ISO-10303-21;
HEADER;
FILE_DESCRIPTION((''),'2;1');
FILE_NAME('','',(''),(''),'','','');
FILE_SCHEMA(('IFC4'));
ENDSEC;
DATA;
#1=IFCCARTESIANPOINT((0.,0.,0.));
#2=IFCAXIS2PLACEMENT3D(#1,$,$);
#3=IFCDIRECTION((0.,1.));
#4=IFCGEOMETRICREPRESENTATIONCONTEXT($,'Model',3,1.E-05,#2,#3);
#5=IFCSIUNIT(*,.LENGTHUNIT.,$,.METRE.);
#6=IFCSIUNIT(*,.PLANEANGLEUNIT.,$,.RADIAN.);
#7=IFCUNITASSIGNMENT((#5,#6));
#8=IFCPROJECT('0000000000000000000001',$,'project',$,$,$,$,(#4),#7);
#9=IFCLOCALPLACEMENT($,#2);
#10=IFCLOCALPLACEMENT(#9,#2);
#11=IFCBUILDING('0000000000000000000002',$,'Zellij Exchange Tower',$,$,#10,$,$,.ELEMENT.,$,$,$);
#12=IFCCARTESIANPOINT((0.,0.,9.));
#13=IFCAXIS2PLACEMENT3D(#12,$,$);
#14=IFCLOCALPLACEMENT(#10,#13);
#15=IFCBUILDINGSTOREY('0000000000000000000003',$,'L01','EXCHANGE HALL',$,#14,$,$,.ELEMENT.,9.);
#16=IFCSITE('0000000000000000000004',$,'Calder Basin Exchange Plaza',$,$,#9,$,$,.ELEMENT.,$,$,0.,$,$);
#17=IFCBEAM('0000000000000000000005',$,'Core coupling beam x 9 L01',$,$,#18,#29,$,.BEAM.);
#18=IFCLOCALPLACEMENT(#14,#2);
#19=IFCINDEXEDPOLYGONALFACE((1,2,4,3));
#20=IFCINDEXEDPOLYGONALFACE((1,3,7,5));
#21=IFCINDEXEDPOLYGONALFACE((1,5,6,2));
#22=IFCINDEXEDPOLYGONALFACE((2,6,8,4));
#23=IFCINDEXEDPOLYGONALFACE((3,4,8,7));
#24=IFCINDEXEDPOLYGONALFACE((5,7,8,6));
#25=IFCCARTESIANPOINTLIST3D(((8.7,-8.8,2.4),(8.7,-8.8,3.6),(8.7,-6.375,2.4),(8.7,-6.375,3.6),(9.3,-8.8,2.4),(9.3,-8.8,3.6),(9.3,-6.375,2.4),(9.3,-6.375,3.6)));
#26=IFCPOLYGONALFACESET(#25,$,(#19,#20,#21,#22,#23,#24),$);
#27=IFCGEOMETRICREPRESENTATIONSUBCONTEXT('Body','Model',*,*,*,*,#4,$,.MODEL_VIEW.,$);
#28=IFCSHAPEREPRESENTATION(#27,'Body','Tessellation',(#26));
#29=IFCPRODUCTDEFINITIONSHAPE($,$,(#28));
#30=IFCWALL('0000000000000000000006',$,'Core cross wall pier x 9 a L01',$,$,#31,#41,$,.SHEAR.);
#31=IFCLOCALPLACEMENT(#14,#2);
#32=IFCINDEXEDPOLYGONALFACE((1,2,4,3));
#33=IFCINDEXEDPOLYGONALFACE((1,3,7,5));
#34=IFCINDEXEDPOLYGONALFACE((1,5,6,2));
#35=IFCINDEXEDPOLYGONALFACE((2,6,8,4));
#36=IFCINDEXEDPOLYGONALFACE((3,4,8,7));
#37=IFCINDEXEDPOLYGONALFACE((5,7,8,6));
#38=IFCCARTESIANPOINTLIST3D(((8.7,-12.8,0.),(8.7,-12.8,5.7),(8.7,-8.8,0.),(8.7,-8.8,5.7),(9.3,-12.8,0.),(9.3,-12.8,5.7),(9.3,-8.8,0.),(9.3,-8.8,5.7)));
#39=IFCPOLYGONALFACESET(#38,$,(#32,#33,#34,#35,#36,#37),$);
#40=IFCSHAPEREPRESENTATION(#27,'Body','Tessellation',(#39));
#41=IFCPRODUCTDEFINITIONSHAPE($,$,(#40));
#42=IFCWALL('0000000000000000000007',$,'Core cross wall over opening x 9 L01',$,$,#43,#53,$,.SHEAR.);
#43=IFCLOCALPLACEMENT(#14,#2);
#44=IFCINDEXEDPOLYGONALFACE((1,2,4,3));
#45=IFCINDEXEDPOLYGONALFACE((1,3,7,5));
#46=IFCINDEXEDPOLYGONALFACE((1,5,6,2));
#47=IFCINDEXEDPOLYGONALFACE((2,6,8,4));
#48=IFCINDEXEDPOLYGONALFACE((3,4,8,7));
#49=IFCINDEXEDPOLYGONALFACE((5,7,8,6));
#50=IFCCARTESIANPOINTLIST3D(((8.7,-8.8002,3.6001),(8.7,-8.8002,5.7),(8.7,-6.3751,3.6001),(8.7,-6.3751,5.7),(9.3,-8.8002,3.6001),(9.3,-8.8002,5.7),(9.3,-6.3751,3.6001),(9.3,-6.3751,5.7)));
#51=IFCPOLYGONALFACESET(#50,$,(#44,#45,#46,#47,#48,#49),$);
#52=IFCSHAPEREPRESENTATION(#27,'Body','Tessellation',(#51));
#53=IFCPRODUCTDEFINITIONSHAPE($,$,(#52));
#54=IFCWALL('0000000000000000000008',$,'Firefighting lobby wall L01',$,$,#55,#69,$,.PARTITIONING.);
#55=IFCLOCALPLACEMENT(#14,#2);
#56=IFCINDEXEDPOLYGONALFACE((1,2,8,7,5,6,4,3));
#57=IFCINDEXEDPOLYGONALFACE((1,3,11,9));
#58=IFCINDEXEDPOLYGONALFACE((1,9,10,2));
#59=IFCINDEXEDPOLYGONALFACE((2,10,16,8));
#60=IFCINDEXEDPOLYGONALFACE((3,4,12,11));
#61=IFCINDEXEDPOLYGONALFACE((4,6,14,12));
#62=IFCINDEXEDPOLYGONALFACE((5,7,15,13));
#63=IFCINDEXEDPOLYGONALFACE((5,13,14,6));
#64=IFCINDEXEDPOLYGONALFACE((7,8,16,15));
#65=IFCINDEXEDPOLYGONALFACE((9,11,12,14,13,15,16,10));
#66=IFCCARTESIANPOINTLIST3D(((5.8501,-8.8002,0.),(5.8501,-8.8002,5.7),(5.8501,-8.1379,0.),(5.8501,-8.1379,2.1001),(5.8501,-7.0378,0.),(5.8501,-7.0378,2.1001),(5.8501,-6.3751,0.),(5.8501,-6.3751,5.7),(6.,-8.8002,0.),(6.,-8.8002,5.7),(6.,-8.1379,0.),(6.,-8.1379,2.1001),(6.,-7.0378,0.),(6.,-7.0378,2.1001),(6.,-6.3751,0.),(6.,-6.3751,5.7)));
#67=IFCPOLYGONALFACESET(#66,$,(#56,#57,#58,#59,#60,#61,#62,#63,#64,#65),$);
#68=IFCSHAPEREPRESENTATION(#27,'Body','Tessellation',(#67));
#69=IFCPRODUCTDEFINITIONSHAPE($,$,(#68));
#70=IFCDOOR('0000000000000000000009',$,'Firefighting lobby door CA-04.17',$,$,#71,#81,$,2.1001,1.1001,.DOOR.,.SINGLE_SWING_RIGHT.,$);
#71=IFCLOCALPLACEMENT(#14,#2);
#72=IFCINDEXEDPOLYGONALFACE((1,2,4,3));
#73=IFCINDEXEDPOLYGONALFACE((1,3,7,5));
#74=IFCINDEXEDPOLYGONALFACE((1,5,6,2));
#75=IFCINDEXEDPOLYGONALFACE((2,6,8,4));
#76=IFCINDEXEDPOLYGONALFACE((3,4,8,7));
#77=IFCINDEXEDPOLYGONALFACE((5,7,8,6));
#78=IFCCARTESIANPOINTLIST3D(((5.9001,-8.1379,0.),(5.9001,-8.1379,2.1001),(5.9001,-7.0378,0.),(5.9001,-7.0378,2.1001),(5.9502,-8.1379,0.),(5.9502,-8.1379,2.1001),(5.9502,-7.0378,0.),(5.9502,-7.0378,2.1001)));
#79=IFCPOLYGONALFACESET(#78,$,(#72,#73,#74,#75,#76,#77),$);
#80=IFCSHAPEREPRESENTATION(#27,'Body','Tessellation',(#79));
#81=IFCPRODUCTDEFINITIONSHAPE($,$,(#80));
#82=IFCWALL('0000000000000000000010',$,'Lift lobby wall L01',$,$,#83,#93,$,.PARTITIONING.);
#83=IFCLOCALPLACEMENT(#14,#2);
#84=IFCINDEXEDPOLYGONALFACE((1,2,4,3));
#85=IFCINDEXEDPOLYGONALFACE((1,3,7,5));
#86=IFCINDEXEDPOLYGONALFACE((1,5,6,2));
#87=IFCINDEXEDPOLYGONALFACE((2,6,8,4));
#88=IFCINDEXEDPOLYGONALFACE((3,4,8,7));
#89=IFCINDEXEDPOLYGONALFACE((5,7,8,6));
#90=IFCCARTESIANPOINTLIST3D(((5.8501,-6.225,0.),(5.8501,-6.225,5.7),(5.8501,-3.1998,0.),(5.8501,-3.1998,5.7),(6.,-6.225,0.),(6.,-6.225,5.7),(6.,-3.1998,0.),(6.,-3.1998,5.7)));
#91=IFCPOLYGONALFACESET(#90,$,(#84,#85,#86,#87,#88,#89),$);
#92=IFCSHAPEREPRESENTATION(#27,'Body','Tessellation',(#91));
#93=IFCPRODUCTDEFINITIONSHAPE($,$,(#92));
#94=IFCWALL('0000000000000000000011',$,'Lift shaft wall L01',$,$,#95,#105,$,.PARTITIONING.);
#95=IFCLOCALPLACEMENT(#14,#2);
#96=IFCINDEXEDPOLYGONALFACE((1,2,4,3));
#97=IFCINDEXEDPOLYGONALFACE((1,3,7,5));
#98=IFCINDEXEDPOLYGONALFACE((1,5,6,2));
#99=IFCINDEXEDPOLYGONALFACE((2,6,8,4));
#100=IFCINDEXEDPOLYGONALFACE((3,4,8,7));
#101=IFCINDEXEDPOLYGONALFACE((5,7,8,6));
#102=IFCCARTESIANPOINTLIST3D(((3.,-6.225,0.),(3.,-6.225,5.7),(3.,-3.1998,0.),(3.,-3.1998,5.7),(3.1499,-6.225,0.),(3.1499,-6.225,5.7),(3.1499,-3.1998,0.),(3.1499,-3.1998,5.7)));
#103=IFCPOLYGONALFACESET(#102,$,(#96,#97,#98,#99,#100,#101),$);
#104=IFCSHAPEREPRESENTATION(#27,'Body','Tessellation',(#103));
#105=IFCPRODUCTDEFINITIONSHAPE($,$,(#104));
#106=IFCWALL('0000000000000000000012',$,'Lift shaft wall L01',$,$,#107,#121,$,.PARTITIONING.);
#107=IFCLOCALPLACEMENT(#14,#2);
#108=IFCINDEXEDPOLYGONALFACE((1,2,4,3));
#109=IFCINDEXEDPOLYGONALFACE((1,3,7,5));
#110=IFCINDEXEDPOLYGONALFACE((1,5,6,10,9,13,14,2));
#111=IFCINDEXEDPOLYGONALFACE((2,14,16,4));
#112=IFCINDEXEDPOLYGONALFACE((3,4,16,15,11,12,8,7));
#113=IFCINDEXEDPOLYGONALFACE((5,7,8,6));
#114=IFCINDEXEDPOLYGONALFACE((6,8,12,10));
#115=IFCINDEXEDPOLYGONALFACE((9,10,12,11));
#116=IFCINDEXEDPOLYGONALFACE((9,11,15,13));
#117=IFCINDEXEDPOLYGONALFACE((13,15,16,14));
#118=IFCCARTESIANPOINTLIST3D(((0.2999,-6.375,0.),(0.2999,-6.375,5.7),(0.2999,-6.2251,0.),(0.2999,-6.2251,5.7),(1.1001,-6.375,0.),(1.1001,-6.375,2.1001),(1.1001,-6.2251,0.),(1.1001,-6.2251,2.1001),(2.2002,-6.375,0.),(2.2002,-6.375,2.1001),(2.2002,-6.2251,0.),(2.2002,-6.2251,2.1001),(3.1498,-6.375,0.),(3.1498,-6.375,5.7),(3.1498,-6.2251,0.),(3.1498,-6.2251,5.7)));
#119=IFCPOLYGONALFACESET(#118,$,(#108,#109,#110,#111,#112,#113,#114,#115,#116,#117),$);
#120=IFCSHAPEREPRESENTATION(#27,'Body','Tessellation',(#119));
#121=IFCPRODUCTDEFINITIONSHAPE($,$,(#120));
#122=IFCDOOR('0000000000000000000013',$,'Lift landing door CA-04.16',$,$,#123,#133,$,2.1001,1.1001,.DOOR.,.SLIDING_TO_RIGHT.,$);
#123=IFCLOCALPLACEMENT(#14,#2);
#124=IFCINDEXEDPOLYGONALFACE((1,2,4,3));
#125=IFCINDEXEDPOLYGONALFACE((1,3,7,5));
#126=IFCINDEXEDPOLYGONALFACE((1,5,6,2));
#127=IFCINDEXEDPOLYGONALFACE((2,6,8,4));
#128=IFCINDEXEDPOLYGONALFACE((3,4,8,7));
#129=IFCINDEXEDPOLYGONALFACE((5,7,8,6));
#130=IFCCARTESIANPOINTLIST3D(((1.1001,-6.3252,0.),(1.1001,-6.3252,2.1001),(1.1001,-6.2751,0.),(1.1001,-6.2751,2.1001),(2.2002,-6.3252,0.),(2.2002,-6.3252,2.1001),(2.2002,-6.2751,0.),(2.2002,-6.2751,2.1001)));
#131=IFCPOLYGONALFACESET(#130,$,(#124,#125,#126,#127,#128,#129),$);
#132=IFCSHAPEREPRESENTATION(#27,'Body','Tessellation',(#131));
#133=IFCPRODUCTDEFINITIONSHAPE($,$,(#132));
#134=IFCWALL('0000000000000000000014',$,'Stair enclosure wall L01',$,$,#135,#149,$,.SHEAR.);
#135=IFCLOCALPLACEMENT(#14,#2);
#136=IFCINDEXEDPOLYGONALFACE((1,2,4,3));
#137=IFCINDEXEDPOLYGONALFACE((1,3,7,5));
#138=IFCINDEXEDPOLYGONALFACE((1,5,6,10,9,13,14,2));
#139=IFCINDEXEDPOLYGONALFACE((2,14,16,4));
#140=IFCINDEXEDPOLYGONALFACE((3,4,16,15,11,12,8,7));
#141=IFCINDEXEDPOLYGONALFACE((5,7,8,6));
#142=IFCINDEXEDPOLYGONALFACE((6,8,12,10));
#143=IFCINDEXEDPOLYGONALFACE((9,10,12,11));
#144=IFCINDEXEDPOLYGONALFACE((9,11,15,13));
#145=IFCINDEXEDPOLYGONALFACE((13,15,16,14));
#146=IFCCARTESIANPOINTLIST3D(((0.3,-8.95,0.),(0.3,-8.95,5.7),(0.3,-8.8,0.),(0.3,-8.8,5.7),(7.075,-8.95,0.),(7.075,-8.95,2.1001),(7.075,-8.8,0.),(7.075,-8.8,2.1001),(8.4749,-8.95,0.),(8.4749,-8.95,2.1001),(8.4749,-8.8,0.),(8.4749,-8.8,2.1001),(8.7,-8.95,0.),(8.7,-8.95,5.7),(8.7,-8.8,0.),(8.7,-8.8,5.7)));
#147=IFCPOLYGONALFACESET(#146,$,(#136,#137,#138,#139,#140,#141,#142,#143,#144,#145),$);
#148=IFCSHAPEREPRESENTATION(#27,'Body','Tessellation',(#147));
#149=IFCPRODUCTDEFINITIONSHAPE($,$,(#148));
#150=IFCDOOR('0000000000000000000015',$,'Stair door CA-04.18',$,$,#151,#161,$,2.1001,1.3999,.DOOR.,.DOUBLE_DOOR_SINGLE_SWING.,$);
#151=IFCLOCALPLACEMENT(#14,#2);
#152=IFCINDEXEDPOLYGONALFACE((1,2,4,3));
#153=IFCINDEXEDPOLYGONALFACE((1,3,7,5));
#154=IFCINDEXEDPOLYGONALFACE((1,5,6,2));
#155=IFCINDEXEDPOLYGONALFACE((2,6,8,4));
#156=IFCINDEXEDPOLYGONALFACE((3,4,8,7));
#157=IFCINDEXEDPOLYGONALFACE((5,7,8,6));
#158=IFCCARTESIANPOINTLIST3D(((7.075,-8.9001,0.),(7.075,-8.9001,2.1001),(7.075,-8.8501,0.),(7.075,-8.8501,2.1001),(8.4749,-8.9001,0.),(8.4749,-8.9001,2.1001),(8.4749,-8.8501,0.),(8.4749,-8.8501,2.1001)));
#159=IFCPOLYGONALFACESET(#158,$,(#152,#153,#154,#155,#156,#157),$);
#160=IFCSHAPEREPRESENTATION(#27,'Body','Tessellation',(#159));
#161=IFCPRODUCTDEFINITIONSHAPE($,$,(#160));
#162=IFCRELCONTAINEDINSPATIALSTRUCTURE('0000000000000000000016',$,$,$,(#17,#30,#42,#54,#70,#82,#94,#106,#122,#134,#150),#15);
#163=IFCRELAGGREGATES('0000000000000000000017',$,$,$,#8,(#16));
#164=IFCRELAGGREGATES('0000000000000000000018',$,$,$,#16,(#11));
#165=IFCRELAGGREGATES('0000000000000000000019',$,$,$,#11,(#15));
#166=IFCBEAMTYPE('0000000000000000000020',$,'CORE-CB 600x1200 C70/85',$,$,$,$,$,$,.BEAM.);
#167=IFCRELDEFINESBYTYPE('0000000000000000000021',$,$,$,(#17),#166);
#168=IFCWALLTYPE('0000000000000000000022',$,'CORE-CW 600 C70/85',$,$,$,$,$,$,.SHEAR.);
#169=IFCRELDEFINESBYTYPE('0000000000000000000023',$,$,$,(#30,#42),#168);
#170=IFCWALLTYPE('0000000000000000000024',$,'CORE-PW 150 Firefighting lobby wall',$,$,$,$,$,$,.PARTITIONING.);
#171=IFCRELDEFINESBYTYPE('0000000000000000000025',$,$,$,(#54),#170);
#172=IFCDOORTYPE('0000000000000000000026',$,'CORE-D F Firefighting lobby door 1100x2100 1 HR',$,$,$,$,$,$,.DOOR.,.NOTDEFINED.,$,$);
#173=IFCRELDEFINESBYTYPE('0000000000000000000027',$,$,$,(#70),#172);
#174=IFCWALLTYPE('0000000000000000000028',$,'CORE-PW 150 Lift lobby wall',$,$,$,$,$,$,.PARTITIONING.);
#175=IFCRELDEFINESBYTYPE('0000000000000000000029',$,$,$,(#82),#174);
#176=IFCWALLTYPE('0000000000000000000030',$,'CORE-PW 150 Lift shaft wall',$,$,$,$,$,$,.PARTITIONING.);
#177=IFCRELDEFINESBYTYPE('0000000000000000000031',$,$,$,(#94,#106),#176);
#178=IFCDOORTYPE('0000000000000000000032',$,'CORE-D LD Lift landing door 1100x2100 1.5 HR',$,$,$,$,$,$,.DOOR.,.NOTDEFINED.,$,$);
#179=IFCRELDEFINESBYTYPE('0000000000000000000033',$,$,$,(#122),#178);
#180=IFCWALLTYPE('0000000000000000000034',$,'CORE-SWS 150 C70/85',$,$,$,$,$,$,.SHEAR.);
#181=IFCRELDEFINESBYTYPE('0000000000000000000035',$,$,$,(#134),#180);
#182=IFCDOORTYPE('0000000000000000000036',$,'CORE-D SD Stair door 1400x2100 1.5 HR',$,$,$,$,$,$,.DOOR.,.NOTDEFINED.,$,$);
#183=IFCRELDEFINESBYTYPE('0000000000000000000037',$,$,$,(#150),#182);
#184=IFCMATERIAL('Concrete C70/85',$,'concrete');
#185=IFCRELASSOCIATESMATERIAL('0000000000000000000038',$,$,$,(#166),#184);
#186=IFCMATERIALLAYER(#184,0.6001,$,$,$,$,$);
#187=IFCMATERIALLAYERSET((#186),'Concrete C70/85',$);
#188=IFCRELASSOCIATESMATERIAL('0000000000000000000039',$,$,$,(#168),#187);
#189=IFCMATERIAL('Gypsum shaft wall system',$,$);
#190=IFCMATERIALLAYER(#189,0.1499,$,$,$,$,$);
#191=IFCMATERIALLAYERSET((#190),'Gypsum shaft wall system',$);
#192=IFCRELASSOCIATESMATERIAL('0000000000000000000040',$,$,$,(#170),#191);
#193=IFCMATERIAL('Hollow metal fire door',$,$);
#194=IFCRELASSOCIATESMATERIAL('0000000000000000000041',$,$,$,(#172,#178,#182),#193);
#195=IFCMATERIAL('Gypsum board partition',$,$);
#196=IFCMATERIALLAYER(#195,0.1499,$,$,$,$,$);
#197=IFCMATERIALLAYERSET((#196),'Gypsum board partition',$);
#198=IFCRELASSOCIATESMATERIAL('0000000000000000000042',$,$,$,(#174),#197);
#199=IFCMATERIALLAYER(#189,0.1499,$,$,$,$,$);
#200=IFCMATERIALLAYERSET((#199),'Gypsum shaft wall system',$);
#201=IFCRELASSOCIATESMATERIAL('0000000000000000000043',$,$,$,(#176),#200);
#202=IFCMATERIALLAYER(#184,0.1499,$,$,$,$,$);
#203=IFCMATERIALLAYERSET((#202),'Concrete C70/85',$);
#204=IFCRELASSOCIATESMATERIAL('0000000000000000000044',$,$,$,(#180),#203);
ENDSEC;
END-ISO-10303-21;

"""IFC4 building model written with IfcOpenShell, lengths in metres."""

from ifc_helpers import new_model, si_unit, direction, frame, frame_2d, origin, origin_2d, place, context, subcontext, project, spatial, rectangle, extrude, material, layer, layer_set, material_profile, profile_set, type_object, element, fill, save


model = new_model("IFC4")

# Units and contexts
model_context = context("Model", 3, precision=1e-05, world=origin(), true_north=direction((0.0, 1.0)))
body_context = subcontext(model_context, "Body", "Model", "MODEL_VIEW")
ifc_project = project(units=[si_unit("LENGTHUNIT", "METRE"), si_unit("PLANEANGLEUNIT", "RADIAN")], contexts=[model_context])

# Site, building, storey
site_placement = place(None, origin())
site = spatial("IfcSite", under=ifc_project, at=site_placement, Name="Calder Basin Exchange Plaza", CompositionType="ELEMENT", RefElevation=0.0)
building_placement = place(site_placement, origin())
building = spatial("IfcBuilding", under=site, at=building_placement, Name="Zellij Exchange Tower", CompositionType="ELEMENT")
storey_placement = place(building_placement, frame((0.0, 0.0, 9.0)))
storey = spatial("IfcBuildingStorey", under=building, at=storey_placement, Name="L01", Description="EXCHANGE HALL", CompositionType="ELEMENT", Elevation=9.0)

# Beam
ifc_material_1 = material(Name="Concrete C70/85", Category="concrete")
ifc_material_profile = material_profile(ifc_material_1, rectangle(XDim=0.6001, YDim=1.2, at=origin_2d()), Name="CORE-CB 600x1200 C70/85")
ifc_profile_set = profile_set([ifc_material_profile], Name="Concrete C70/85")
beam_type = type_object("IfcBeamType", Name="CORE-CB 600x1200 C70/85", PredefinedType="BEAM", material=ifc_profile_set)
beam_placement = place(storey_placement, frame((9.0, -8.8, 3.0), z_axis=(0.0, 1.0, 0.0), x_axis=(-1.0, 0.0, 0.0)))
element("IfcBeam", 1, at=beam_placement, inside=storey, type_object=beam_type, Name="Core coupling beam x 9 L01", PredefinedType="BEAM", context=body_context, shape_type="SweptSolid", body=[
    extrude(rectangle(XDim=0.6001, YDim=1.2, at=origin_2d()), origin(), (0.0, 0.0, 1.0), 2.425),
])

# Walls
ifc_layer_1 = layer(ifc_material_1, 0.6001)
ifc_layer_set_1 = layer_set([ifc_layer_1], Name="Concrete C70/85")
wall_type_1 = type_object("IfcWallType", Name="CORE-CW 600 C70/85", PredefinedType="SHEAR", material=ifc_layer_set_1)
wall_1_placement = place(storey_placement, frame((9.0, -12.8, 0.0), z_axis=(0.0, 0.0, 1.0), x_axis=(0.0, 1.0, 0.0)))
element("IfcWall", 2, at=wall_1_placement, inside=storey, type_object=wall_type_1, Name="Core cross wall pier x 9 a L01", PredefinedType="SHEAR", context=body_context, shape_type="SweptSolid", body=[
    extrude(rectangle(XDim=4.0, YDim=0.6001, at=frame_2d((2.0, 0.0))), origin(), (0.0, 0.0, 1.0), 5.7),
])
wall_2_placement = place(storey_placement, frame((9.0, -8.8, 3.6001), z_axis=(0.0, 0.0, 1.0), x_axis=(0.0, 1.0, 0.0)))
element("IfcWall", 3, at=wall_2_placement, inside=storey, type_object=wall_type_1, Name="Core cross wall over opening x 9 L01", PredefinedType="SHEAR", context=body_context, shape_type="SweptSolid", body=[
    extrude(rectangle(XDim=2.425, YDim=0.6001, at=frame_2d((1.2124, 0.0))), origin(), (0.0, 0.0, 1.0), 2.0999),
])

# Wall, opening, door
ifc_material_2 = material(Name="Gypsum shaft wall system")
ifc_layer_2 = layer(ifc_material_2, 0.1499)
ifc_layer_set_2 = layer_set([ifc_layer_2], Name="Gypsum shaft wall system")
wall_type_2 = type_object("IfcWallType", Name="CORE-PW 150 Firefighting lobby wall", PredefinedType="PARTITIONING", material=ifc_layer_set_2)
wall_3_placement = place(storey_placement, frame((5.925, -8.8, 0.0), z_axis=(0.0, 0.0, 1.0), x_axis=(0.0, 1.0, 0.0)))
wall_3 = element("IfcWall", 4, at=wall_3_placement, inside=storey, type_object=wall_type_2, Name="Firefighting lobby wall L01", PredefinedType="PARTITIONING", context=body_context, shape_type="SweptSolid", body=[
    extrude(rectangle(XDim=2.425, YDim=0.1499, at=frame_2d((1.2124, 0.0))), origin(), (0.0, 0.0, 1.0), 5.7),
])
opening_1_placement = place(wall_3_placement, frame((0.6621, 0.0, 0.0)))
opening_1 = element("IfcOpeningElement", 5, at=opening_1_placement, cuts=wall_3, PredefinedType="OPENING", context=body_context, shape_type="SweptSolid", body=[
    extrude(rectangle(XDim=1.1001, YDim=2.1001, at=frame_2d((0.55, 1.05))), frame((0.0, 0.0869, 0.0), z_axis=(0.0, -1.0, 0.0), x_axis=(1.0, 0.0, 0.0)), (0.0, 0.0, 1.0), 0.1738),
])
ifc_material_3 = material(Name="Hollow metal fire door")
door_type_1 = type_object("IfcDoorType", Name="CORE-D F Firefighting lobby door 1100x2100 1 HR", OperationType="NOTDEFINED", PredefinedType="DOOR", material=ifc_material_3)
door_1_placement = place(opening_1_placement, origin())
door_1 = element("IfcDoor", 6, at=door_1_placement, inside=storey, type_object=door_type_1, Name="Firefighting lobby door CA-04.17", OperationType="SINGLE_SWING_RIGHT", OverallHeight=2.1001, OverallWidth=1.1001, PredefinedType="DOOR", context=body_context, shape_type="SweptSolid", body=[
    extrude(rectangle(XDim=1.1001, YDim=2.1001, at=frame_2d((0.55, 1.05))), frame((0.0, 0.0249, 0.0), z_axis=(0.0, -1.0, 0.0), x_axis=(1.0, 0.0, 0.0)), (0.0, 0.0, 1.0), 0.05),
])
fill(opening_1, door_1)

# Walls
ifc_material_4 = material(Name="Gypsum board partition")
ifc_layer_3 = layer(ifc_material_4, 0.1499)
ifc_layer_set_3 = layer_set([ifc_layer_3], Name="Gypsum board partition")
wall_type_3 = type_object("IfcWallType", Name="CORE-PW 150 Lift lobby wall", PredefinedType="PARTITIONING", material=ifc_layer_set_3)
wall_4_placement = place(storey_placement, frame((5.925, -6.2251, 0.0), z_axis=(0.0, 0.0, 1.0), x_axis=(0.0, 1.0, 0.0)))
element("IfcWall", 7, at=wall_4_placement, inside=storey, type_object=wall_type_3, Name="Lift lobby wall L01", PredefinedType="PARTITIONING", context=body_context, shape_type="SweptSolid", body=[
    extrude(rectangle(XDim=3.0251, YDim=0.1499, at=frame_2d((1.5127, 0.0))), origin(), (0.0, 0.0, 1.0), 5.7),
])
ifc_layer_4 = layer(ifc_material_2, 0.1499)
ifc_layer_set_4 = layer_set([ifc_layer_4], Name="Gypsum shaft wall system")
wall_type_4 = type_object("IfcWallType", Name="CORE-PW 150 Lift shaft wall", PredefinedType="PARTITIONING", material=ifc_layer_set_4)
wall_5_placement = place(storey_placement, frame((3.075, -6.2251, 0.0), z_axis=(0.0, 0.0, 1.0), x_axis=(0.0, 1.0, 0.0)))
element("IfcWall", 8, at=wall_5_placement, inside=storey, type_object=wall_type_4, Name="Lift shaft wall L01", PredefinedType="PARTITIONING", context=body_context, shape_type="SweptSolid", body=[
    extrude(rectangle(XDim=3.0251, YDim=0.1499, at=frame_2d((1.5127, 0.0))), origin(), (0.0, 0.0, 1.0), 5.7),
])

# Walls, openings, doors
wall_6_placement = place(storey_placement, frame((0.3, -6.3, 0.0), z_axis=(0.0, 0.0, 1.0), x_axis=(1.0, 0.0, 0.0)))
wall_6 = element("IfcWall", 9, at=wall_6_placement, inside=storey, type_object=wall_type_4, Name="Lift shaft wall L01", PredefinedType="PARTITIONING", context=body_context, shape_type="SweptSolid", body=[
    extrude(rectangle(XDim=2.8499, YDim=0.1499, at=frame_2d((1.4248, 0.0))), origin(), (0.0, 0.0, 1.0), 5.7),
])
opening_2_placement = place(wall_6_placement, frame((0.8, 0.0, 0.0)))
opening_2 = element("IfcOpeningElement", 10, at=opening_2_placement, cuts=wall_6, PredefinedType="OPENING", context=body_context, shape_type="SweptSolid", body=[
    extrude(rectangle(XDim=1.1001, YDim=2.1001, at=frame_2d((0.55, 1.05))), frame((0.0, 0.0869, 0.0), z_axis=(0.0, -1.0, 0.0), x_axis=(1.0, 0.0, 0.0)), (0.0, 0.0, 1.0), 0.1738),
])
door_type_2 = type_object("IfcDoorType", Name="CORE-D LD Lift landing door 1100x2100 1.5 HR", OperationType="NOTDEFINED", PredefinedType="DOOR", material=ifc_material_3)
door_2_placement = place(opening_2_placement, origin())
door_2 = element("IfcDoor", 11, at=door_2_placement, inside=storey, type_object=door_type_2, Name="Lift landing door CA-04.16", OperationType="SLIDING_TO_RIGHT", OverallHeight=2.1001, OverallWidth=1.1001, PredefinedType="DOOR", context=body_context, shape_type="SweptSolid", body=[
    extrude(rectangle(XDim=1.1001, YDim=2.1001, at=frame_2d((0.55, 1.05))), frame((0.0, 0.0249, 0.0), z_axis=(0.0, -1.0, 0.0), x_axis=(1.0, 0.0, 0.0)), (0.0, 0.0, 1.0), 0.05),
])
fill(opening_2, door_2)
ifc_layer_5 = layer(ifc_material_1, 0.1499)
ifc_layer_set_5 = layer_set([ifc_layer_5], Name="Concrete C70/85")
wall_type_5 = type_object("IfcWallType", Name="CORE-SWS 150 C70/85", PredefinedType="SHEAR", material=ifc_layer_set_5)
wall_7_placement = place(storey_placement, frame((0.3, -8.875, 0.0), z_axis=(0.0, 0.0, 1.0), x_axis=(1.0, 0.0, 0.0)))
wall_7 = element("IfcWall", 12, at=wall_7_placement, inside=storey, type_object=wall_type_5, Name="Stair enclosure wall L01", PredefinedType="SHEAR", context=body_context, shape_type="SweptSolid", body=[
    extrude(rectangle(XDim=8.3999, YDim=0.1499, at=frame_2d((4.2, 0.0))), origin(), (0.0, 0.0, 1.0), 5.7),
])
opening_3_placement = place(wall_7_placement, frame((6.7749, 0.0, 0.0)))
opening_3 = element("IfcOpeningElement", 13, at=opening_3_placement, cuts=wall_7, PredefinedType="OPENING", context=body_context, shape_type="SweptSolid", body=[
    extrude(rectangle(XDim=1.3999, YDim=2.1001, at=frame_2d((0.7, 1.05))), frame((0.0, 0.0869, 0.0), z_axis=(0.0, -1.0, 0.0), x_axis=(1.0, 0.0, 0.0)), (0.0, 0.0, 1.0), 0.1738),
])
door_type_3 = type_object("IfcDoorType", Name="CORE-D SD Stair door 1400x2100 1.5 HR", OperationType="NOTDEFINED", PredefinedType="DOOR", material=ifc_material_3)
door_3_placement = place(opening_3_placement, origin())
door_3 = element("IfcDoor", 14, at=door_3_placement, inside=storey, type_object=door_type_3, Name="Stair door CA-04.18", OperationType="DOUBLE_DOOR_SINGLE_SWING", OverallHeight=2.1001, OverallWidth=1.3999, PredefinedType="DOOR", context=body_context, shape_type="SweptSolid", body=[
    extrude(rectangle(XDim=1.3999, YDim=2.1001, at=frame_2d((0.7, 1.05))), frame((0.0, 0.0249, 0.0), z_axis=(0.0, -1.0, 0.0), x_axis=(1.0, 0.0, 0.0)), (0.0, 0.0, 1.0), 0.05),
])
fill(opening_3, door_3)

save(model, "model.ifc")
